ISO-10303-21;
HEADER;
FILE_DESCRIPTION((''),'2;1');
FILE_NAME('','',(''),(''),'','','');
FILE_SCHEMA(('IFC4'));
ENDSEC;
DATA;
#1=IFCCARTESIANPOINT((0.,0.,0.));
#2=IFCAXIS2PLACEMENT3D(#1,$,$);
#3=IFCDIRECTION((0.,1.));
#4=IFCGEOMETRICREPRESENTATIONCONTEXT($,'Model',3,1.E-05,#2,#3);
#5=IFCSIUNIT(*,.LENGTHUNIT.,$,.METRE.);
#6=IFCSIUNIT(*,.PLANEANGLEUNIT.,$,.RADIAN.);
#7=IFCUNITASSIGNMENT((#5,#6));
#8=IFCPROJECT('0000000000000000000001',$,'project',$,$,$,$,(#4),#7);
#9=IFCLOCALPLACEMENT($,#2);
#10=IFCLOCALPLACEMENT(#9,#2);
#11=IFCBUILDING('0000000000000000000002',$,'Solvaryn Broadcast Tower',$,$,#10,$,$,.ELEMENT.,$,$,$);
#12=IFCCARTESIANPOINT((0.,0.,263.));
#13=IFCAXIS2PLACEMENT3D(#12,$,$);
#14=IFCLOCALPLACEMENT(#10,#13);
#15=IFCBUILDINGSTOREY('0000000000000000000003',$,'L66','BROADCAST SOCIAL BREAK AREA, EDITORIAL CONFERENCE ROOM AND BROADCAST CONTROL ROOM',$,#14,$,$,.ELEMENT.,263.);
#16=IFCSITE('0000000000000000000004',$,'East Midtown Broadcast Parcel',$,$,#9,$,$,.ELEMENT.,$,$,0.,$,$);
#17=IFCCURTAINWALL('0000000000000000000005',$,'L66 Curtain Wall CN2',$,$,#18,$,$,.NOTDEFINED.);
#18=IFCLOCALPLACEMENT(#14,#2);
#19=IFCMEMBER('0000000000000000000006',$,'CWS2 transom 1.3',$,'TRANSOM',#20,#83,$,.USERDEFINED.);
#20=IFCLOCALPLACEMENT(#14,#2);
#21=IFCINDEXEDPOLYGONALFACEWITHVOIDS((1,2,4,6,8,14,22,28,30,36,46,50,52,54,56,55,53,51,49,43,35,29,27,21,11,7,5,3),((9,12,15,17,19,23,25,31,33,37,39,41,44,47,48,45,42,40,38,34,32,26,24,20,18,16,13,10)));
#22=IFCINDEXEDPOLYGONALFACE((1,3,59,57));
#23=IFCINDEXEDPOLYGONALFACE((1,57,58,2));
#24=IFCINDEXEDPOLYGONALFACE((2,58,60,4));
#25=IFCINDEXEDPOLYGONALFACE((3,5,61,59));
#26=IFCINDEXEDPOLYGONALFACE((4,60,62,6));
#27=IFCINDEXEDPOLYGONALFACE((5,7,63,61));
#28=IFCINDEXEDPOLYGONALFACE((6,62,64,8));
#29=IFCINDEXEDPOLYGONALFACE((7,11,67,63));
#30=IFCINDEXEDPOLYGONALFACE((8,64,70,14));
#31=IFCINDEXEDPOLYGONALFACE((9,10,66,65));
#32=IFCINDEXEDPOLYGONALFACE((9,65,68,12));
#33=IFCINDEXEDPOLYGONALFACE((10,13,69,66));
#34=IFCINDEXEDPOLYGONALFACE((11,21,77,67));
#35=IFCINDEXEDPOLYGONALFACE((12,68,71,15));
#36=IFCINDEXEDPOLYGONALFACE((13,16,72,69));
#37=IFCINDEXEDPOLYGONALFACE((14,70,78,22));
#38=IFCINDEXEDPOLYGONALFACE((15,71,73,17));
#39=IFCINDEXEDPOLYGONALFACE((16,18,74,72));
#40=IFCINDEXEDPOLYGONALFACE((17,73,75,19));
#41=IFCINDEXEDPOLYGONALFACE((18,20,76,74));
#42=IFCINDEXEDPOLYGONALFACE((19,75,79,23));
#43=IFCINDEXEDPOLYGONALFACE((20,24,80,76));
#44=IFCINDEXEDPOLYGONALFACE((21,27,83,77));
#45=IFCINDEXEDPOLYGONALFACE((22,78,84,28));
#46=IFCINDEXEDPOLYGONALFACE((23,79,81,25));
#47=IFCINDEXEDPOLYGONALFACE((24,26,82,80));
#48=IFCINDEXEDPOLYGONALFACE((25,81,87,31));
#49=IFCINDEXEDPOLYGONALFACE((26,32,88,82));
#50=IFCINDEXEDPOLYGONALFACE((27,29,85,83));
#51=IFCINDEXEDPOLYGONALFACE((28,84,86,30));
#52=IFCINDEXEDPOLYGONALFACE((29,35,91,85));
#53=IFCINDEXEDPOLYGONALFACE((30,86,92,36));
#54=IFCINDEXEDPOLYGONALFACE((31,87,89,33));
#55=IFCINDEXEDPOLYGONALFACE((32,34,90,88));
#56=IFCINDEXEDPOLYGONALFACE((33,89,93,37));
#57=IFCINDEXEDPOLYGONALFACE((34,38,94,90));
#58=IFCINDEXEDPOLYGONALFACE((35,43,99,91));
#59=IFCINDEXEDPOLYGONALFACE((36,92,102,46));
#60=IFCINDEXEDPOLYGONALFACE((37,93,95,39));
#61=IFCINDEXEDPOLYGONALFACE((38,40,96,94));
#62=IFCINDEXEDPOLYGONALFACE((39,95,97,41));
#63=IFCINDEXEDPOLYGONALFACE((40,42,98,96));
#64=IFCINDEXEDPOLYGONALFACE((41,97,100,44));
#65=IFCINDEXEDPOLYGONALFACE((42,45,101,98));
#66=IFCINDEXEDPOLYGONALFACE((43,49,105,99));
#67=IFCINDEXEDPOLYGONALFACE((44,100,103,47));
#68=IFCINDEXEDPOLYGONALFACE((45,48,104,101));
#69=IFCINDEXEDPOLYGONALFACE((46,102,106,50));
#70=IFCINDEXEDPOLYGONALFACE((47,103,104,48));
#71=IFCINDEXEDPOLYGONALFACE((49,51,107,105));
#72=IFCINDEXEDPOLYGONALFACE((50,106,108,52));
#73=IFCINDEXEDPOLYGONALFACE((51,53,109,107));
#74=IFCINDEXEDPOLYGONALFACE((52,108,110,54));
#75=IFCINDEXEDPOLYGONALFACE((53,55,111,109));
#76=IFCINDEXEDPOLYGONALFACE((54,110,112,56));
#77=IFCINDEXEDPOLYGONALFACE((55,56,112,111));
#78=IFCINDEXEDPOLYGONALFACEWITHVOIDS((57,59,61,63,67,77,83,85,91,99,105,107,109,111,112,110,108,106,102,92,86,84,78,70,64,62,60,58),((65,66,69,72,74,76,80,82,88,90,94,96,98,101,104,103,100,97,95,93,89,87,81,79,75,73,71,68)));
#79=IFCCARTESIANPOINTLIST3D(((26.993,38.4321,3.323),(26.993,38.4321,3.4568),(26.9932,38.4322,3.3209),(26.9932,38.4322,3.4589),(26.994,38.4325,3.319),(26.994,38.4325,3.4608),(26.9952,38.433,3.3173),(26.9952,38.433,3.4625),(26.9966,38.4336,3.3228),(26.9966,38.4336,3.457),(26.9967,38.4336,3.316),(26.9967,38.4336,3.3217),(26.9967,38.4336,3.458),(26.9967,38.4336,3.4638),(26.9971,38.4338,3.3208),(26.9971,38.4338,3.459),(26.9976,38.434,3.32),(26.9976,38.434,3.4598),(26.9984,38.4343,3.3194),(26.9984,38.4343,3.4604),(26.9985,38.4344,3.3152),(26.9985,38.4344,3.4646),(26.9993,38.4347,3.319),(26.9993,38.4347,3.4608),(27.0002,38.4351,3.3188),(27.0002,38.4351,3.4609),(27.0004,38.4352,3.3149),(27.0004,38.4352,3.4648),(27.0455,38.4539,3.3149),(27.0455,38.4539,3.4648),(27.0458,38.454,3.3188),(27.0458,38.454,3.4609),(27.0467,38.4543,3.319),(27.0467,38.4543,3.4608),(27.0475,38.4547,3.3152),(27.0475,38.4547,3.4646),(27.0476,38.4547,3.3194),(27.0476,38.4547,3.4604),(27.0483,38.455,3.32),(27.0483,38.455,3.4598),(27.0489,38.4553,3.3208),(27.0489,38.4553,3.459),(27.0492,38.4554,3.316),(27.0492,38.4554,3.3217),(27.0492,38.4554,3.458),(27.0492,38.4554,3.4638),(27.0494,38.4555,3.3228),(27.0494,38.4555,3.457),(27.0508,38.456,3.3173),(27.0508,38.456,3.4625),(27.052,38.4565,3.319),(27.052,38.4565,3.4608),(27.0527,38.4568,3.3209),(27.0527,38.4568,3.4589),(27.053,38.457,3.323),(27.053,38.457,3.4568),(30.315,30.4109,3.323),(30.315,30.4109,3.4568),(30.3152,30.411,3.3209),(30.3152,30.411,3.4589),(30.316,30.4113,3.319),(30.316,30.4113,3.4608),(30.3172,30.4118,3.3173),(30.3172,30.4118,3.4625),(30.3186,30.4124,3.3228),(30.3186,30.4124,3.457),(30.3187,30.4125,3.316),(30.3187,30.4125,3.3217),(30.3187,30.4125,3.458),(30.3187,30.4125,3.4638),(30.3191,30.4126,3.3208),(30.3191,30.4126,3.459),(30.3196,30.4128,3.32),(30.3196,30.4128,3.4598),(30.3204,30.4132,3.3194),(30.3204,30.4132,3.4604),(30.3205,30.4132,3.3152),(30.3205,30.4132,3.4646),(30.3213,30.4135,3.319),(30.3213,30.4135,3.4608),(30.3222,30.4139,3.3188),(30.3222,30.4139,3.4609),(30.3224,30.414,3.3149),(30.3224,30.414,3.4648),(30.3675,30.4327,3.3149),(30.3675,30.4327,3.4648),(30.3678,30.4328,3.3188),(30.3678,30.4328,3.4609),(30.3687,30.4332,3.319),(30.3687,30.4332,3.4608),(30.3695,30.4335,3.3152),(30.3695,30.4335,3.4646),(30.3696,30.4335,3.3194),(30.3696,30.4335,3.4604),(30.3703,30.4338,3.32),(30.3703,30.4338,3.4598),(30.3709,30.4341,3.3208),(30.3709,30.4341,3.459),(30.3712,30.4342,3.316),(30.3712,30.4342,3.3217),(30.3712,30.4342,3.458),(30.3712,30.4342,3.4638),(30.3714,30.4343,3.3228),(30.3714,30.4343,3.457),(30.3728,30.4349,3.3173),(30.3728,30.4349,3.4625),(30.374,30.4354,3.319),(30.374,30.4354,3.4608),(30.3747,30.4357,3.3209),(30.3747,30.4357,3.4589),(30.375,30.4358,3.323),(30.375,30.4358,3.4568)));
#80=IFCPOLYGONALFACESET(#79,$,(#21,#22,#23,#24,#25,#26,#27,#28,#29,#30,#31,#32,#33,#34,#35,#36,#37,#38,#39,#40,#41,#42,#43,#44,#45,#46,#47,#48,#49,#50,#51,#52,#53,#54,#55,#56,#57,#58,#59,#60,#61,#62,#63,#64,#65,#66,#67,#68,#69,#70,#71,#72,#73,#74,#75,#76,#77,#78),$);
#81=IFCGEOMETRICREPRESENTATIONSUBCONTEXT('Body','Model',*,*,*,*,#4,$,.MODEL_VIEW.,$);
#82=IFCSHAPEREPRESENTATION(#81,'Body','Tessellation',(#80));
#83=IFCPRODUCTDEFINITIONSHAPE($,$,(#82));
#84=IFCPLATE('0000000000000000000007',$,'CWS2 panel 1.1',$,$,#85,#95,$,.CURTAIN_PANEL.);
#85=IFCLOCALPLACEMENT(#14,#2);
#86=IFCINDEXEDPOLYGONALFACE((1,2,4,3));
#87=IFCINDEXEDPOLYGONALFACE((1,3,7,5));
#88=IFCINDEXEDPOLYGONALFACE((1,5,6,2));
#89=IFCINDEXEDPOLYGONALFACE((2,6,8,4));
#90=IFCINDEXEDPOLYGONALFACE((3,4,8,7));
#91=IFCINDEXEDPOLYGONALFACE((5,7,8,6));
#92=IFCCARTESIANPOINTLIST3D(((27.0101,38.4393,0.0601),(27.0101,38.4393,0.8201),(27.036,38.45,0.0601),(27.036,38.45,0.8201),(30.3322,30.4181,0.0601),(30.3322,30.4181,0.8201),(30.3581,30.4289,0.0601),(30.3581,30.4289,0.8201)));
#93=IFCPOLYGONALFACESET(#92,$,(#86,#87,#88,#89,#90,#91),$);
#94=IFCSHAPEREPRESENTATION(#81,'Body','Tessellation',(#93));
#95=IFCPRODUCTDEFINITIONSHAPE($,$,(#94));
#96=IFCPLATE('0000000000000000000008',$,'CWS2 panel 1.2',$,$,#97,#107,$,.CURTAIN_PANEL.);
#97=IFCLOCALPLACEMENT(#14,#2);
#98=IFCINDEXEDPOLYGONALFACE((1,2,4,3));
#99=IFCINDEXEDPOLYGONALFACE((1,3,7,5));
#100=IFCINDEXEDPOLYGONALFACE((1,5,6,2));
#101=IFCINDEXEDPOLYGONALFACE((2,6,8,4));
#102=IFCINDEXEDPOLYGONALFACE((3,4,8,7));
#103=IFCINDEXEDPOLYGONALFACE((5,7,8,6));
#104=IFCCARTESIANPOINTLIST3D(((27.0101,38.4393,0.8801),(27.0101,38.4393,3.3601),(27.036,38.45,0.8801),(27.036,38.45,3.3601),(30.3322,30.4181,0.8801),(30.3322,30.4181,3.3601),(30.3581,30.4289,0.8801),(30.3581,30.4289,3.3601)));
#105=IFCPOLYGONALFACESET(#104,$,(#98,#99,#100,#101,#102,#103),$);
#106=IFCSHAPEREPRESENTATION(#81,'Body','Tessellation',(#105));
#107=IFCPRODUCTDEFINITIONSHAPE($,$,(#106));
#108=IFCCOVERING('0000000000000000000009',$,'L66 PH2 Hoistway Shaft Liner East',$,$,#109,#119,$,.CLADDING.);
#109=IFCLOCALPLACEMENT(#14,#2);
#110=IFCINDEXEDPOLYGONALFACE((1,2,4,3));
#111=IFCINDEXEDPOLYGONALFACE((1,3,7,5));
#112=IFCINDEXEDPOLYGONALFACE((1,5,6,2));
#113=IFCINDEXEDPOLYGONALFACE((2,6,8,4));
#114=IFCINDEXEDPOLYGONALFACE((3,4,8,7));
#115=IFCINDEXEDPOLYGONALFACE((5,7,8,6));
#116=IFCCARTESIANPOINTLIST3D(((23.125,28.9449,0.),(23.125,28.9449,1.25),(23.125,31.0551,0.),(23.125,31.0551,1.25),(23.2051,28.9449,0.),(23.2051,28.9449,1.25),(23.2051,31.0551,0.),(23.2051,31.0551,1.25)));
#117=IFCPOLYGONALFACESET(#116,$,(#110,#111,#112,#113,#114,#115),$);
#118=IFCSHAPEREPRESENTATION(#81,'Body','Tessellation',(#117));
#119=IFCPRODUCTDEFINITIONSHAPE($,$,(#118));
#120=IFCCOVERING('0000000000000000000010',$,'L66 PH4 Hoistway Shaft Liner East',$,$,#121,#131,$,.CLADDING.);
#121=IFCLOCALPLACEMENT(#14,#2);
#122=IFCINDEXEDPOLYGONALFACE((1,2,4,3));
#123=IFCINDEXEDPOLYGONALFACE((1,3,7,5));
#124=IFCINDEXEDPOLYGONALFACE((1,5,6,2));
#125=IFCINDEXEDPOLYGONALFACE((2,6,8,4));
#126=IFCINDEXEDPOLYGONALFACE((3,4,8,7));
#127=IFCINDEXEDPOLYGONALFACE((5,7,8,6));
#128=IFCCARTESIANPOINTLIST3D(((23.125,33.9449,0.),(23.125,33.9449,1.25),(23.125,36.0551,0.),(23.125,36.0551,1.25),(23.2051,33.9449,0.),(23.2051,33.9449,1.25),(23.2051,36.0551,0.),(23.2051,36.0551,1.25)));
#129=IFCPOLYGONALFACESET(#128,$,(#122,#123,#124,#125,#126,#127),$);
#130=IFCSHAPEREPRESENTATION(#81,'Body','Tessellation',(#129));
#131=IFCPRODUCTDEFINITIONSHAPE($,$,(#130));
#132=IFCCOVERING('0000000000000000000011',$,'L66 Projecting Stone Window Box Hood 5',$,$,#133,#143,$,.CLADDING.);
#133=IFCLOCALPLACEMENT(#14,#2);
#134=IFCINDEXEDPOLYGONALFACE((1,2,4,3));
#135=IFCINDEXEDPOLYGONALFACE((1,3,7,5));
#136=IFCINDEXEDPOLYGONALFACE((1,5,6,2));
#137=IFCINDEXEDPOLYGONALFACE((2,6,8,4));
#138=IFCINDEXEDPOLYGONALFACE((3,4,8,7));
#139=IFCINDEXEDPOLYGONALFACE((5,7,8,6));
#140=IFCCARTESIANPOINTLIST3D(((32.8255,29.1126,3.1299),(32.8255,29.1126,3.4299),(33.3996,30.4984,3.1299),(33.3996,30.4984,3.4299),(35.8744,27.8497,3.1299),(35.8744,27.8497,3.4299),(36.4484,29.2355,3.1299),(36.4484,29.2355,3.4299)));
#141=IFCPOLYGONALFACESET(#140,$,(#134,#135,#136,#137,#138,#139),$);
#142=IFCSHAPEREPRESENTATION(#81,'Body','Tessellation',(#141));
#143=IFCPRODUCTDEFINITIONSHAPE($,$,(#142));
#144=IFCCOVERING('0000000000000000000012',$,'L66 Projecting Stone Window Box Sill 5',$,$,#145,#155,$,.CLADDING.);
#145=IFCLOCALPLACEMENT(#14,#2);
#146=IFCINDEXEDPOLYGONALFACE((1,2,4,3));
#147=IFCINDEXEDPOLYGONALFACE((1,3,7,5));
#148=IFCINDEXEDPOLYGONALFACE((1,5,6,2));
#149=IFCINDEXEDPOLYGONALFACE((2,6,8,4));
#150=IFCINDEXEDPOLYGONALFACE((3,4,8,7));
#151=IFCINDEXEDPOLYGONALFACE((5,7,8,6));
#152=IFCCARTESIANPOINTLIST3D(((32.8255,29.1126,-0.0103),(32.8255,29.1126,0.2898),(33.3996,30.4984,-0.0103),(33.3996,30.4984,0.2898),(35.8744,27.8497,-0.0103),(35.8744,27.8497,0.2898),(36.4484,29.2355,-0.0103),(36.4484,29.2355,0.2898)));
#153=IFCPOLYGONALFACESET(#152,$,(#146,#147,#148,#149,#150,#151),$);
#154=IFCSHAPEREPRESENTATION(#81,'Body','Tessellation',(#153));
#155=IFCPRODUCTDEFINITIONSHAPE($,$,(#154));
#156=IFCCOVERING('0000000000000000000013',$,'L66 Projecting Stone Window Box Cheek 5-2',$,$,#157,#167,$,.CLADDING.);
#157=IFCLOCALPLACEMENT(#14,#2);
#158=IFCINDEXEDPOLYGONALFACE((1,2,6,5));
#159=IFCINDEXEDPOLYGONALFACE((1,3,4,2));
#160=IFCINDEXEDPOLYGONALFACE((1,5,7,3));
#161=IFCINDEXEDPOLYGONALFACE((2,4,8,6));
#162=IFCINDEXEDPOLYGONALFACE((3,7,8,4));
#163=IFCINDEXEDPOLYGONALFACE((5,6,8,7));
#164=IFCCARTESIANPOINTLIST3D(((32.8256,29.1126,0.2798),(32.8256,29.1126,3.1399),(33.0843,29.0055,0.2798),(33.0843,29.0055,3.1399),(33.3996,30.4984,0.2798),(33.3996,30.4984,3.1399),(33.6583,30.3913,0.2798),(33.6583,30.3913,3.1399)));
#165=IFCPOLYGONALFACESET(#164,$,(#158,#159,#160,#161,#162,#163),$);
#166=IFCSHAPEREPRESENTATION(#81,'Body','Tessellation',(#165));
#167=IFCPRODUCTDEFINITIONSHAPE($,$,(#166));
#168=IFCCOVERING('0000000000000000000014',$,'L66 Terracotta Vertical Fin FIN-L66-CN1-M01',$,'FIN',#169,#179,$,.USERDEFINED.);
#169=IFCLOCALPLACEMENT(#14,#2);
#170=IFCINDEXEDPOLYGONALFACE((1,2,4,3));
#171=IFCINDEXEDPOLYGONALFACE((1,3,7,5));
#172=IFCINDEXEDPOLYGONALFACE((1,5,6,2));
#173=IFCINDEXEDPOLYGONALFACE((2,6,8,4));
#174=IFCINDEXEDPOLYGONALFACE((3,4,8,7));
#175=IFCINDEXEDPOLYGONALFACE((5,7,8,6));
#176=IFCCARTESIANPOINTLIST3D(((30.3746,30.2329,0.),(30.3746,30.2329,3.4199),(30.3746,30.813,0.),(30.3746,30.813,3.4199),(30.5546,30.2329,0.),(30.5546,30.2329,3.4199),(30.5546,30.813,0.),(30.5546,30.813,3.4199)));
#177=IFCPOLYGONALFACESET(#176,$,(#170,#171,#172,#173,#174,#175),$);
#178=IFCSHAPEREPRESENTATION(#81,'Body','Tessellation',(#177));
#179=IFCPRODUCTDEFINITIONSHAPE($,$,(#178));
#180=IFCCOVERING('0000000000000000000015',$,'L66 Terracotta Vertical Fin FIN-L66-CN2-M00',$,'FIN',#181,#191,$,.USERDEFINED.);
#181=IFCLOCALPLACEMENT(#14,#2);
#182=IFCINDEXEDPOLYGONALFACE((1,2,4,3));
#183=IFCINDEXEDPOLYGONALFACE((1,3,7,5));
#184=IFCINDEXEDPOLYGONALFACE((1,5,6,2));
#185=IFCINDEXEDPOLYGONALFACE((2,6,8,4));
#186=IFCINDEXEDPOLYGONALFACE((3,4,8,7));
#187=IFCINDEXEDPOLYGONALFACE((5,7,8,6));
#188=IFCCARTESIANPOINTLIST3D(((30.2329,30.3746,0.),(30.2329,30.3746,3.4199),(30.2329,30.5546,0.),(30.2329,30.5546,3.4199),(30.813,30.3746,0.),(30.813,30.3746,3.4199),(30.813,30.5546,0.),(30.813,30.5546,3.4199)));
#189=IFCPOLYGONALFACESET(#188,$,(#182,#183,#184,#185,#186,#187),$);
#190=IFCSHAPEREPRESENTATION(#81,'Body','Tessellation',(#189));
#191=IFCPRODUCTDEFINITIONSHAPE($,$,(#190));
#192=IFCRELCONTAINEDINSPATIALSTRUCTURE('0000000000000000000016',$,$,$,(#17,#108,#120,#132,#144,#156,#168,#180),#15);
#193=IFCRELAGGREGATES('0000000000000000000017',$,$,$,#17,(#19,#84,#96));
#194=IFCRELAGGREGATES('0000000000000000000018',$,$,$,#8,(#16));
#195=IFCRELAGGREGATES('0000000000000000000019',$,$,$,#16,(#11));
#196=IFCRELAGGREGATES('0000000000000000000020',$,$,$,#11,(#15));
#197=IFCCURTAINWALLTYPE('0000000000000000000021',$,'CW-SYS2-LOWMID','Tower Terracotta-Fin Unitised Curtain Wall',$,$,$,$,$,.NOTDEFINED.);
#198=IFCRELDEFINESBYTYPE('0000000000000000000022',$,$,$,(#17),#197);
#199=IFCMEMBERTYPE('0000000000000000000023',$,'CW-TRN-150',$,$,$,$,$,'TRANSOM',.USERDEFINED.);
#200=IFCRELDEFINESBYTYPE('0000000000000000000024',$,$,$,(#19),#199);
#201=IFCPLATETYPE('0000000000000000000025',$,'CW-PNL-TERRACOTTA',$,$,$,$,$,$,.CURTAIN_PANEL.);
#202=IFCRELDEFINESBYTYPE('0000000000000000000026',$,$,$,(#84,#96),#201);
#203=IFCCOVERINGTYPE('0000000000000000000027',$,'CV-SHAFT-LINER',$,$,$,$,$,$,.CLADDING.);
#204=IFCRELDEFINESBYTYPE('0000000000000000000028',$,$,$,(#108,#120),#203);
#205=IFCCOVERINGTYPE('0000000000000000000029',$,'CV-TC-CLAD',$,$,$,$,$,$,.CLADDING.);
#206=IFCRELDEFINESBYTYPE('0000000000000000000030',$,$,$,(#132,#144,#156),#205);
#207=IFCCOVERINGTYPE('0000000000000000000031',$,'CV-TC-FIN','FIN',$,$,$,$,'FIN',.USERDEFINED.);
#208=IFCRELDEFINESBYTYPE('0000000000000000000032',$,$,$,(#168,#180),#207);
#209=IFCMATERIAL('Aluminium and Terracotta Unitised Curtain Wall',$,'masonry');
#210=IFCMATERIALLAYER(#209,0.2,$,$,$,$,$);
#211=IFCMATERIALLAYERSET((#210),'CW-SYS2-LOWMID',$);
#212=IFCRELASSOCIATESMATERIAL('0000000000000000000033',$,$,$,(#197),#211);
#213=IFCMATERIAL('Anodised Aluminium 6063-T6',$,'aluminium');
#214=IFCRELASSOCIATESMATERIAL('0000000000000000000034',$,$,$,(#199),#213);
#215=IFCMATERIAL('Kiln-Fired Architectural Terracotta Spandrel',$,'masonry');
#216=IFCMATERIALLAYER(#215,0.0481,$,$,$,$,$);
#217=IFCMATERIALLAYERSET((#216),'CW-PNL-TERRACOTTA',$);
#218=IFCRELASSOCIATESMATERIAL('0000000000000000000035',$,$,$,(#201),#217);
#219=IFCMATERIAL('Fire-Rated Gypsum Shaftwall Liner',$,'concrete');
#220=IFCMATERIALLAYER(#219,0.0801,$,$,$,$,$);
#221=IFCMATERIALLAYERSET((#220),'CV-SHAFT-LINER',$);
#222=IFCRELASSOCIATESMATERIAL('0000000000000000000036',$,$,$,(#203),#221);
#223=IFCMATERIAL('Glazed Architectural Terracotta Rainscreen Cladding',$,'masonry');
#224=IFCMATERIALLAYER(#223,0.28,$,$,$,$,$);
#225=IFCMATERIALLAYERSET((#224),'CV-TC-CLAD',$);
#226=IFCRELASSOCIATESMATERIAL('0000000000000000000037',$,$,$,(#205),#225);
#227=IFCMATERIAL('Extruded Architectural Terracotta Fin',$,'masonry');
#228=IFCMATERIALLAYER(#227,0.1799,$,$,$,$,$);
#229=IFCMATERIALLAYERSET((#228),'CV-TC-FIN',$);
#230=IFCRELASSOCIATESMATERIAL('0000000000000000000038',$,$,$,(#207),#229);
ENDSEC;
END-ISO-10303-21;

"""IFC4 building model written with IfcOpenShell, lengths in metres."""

from ifc_helpers import new_model, si_unit, direction, frame, origin, origin_2d, place, context, subcontext, project, spatial, rectangle, hollow_rectangle, extrude, material, layer, layer_set, material_profile, profile_set, type_object, element, aggregate, save


model = new_model("IFC4")

# Units and contexts
model_context = context("Model", 3, precision=1e-05, world=origin(), true_north=direction((0.0, 1.0)))
body_context = subcontext(model_context, "Body", "Model", "MODEL_VIEW")
ifc_project = project(units=[si_unit("LENGTHUNIT", "METRE"), si_unit("PLANEANGLEUNIT", "RADIAN")], contexts=[model_context])

# Site, building, storey
site_placement = place(None, origin())
site = spatial("IfcSite", under=ifc_project, at=site_placement, Name="East Midtown Broadcast Parcel", CompositionType="ELEMENT", RefElevation=0.0)
building_placement = place(site_placement, origin())
building = spatial("IfcBuilding", under=site, at=building_placement, Name="Solvaryn Broadcast Tower", CompositionType="ELEMENT")
storey_placement = place(building_placement, frame((0.0, 0.0, 263.0)))
storey = spatial("IfcBuildingStorey", under=building, at=storey_placement, Name="L66", Description="BROADCAST SOCIAL BREAK AREA, EDITORIAL CONFERENCE ROOM AND BROADCAST CONTROL ROOM", CompositionType="ELEMENT", Elevation=263.0)

# Shared definitions
ifc_material_1 = material(Name="Aluminium and Terracotta Unitised Curtain Wall", Category="masonry")
ifc_layer_1 = layer(ifc_material_1, 0.2)
ifc_layer_set_1 = layer_set([ifc_layer_1], Name="CW-SYS2-LOWMID")
curtain_wall_type = type_object("IfcCurtainWallType", Name="CW-SYS2-LOWMID", Description="Tower Terracotta-Fin Unitised Curtain Wall", PredefinedType="NOTDEFINED", material=ifc_layer_set_1)

# Curtain wall, member, plates
curtain_wall_1_placement = place(storey_placement, origin())
curtain_wall_1 = element("IfcCurtainWall", 1, at=curtain_wall_1_placement, inside=storey, type_object=curtain_wall_type, Name="L66 Curtain Wall CN2", PredefinedType="NOTDEFINED")
ifc_material_2 = material(Name="Anodised Aluminium 6063-T6", Category="aluminium")
ifc_material_profile_1 = material_profile(ifc_material_2, hollow_rectangle(XDim=0.0649, YDim=0.1499, WallThickness=0.0039, InnerFilletRadius=0.0039, OuterFilletRadius=0.0081, at=origin_2d()))
ifc_profile_set_1 = profile_set([ifc_material_profile_1], Name="Anodised Aluminium 6063-T6")
member_type_1 = type_object("IfcMemberType", Name="CW-TRN-150", ElementType="TRANSOM", PredefinedType="USERDEFINED", material=ifc_profile_set_1)
member_1_placement = place(storey_placement, frame((30.345, 30.4233, 3.3899), z_axis=(-0.382636, 0.923899, 0.0), x_axis=(-0.923899, -0.382636, 0.0)))
member_1 = element("IfcMember", 2, at=member_1_placement, type_object=member_type_1, Name="CWS2 transom 1.3", ObjectType="TRANSOM", PredefinedType="USERDEFINED", context=body_context, shape_type="SweptSolid", body=[
    extrude(hollow_rectangle(XDim=0.0649, YDim=0.1499, WallThickness=0.0039, InnerFilletRadius=0.0039, OuterFilletRadius=0.0081, at=origin_2d()), origin(), (0.0, 0.0, 1.0), 8.6819),
])
ifc_material_3 = material(Name="Kiln-Fired Architectural Terracotta Spandrel", Category="masonry")
ifc_layer_2 = layer(ifc_material_3, 0.0481)
ifc_layer_set_2 = layer_set([ifc_layer_2], Name="CW-PNL-TERRACOTTA")
plate_type = type_object("IfcPlateType", Name="CW-PNL-TERRACOTTA", PredefinedType="CURTAIN_PANEL", material=ifc_layer_set_2)
plate_1_placement = place(storey_placement, frame((28.6841, 34.4341, 0.0601), z_axis=(0.0, 0.0, 1.0), x_axis=(-0.382646, 0.923895, 0.0)))
plate_1 = element("IfcPlate", 3, at=plate_1_placement, type_object=plate_type, Name="CWS2 panel 1.1", PredefinedType="CURTAIN_PANEL", context=body_context, shape_type="SweptSolid", body=[
    extrude(rectangle(XDim=8.6819, YDim=0.0281, at=origin_2d()), origin(), (0.0, 0.0, 1.0), 0.76),
])
plate_2_placement = place(storey_placement, frame((28.6841, 34.4341, 0.8801), z_axis=(0.0, 0.0, 1.0), x_axis=(-0.382646, 0.923895, 0.0)))
plate_2 = element("IfcPlate", 4, at=plate_2_placement, type_object=plate_type, Name="CWS2 panel 1.2", PredefinedType="CURTAIN_PANEL", context=body_context, shape_type="SweptSolid", body=[
    extrude(rectangle(XDim=8.6819, YDim=0.0281, at=origin_2d()), origin(), (0.0, 0.0, 1.0), 2.48),
])
aggregate(curtain_wall_1, [member_1, plate_1, plate_2])

# Coverings
ifc_material_4 = material(Name="Fire-Rated Gypsum Shaftwall Liner", Category="concrete")
ifc_layer_3 = layer(ifc_material_4, 0.0801)
ifc_layer_set_3 = layer_set([ifc_layer_3], Name="CV-SHAFT-LINER")
covering_type_1 = type_object("IfcCoveringType", Name="CV-SHAFT-LINER", PredefinedType="CLADDING", material=ifc_layer_set_3)
for number, where, z_axis, x_axis, name in (
    (5, (23.165, 30.0, 0.0), (0.0, 0.0, 1.0), (1.0, 0.0, 0.0), "L66 PH2 Hoistway Shaft Liner East"),
    (6, (23.165, 35.0, 0.0), (0.0, 0.0, 1.0), (1.0, 0.0, 0.0), "L66 PH4 Hoistway Shaft Liner East"),
):
    element("IfcCovering", number, at=place(storey_placement, frame(where, z_axis=z_axis, x_axis=x_axis)), inside=storey, type_object=covering_type_1, Name=name, PredefinedType="CLADDING", context=body_context, shape_type="SweptSolid", body=[
        extrude(rectangle(XDim=0.0801, YDim=2.1101, at=origin_2d()), origin(), (0.0, 0.0, 1.0), 1.25),
    ])
ifc_material_5 = material(Name="Glazed Architectural Terracotta Rainscreen Cladding", Category="masonry")
ifc_layer_4 = layer(ifc_material_5, 0.28)
ifc_layer_set_4 = layer_set([ifc_layer_4], Name="CV-TC-CLAD")
covering_type_2 = type_object("IfcCoveringType", Name="CV-TC-CLAD", PredefinedType="CLADDING", material=ifc_layer_set_4)
for number, where, z_axis, x_axis, name in (
    (7, (34.637, 29.1741, 3.1299), (0.0, 0.0, 1.0), (-0.92388, 0.382683, 0.0), "L66 Projecting Stone Window Box Hood 5"),
    (8, (34.637, 29.1741, -0.0103), (0.0, 0.0, 1.0), (-0.92388, 0.382683, 0.0), "L66 Projecting Stone Window Box Sill 5"),
):
    element("IfcCovering", number, at=place(storey_placement, frame(where, z_axis=z_axis, x_axis=x_axis)), inside=storey, type_object=covering_type_2, Name=name, PredefinedType="CLADDING", context=body_context, shape_type="SweptSolid", body=[
        extrude(rectangle(XDim=3.3, YDim=1.5, at=origin_2d()), origin(), (0.0, 0.0, 1.0), 0.3),
    ])
covering_1_placement = place(storey_placement, frame((33.2419, 29.752, 0.2798), z_axis=(0.0, 0.0, 1.0), x_axis=(-0.92388, 0.382683, 0.0)))
element("IfcCovering", 9, at=covering_1_placement, inside=storey, type_object=covering_type_2, Name="L66 Projecting Stone Window Box Cheek 5-2", PredefinedType="CLADDING", context=body_context, shape_type="SweptSolid", body=[
    extrude(rectangle(XDim=0.28, YDim=1.5, at=origin_2d()), origin(), (0.0, 0.0, 1.0), 2.8601),
])
ifc_material_6 = material(Name="Extruded Architectural Terracotta Fin", Category="masonry")
ifc_layer_5 = layer(ifc_material_6, 0.1799)
ifc_layer_set_5 = layer_set([ifc_layer_5], Name="CV-TC-FIN")
covering_type_3 = type_object("IfcCoveringType", Name="CV-TC-FIN", Description="FIN", ElementType="FIN", PredefinedType="USERDEFINED", material=ifc_layer_set_5)
covering_2_placement = place(storey_placement, frame((30.4646, 30.5229, 0.0), z_axis=(0.0, 0.0, 1.0), x_axis=(1.0, 0.0, 0.0)))
element("IfcCovering", 10, at=covering_2_placement, inside=storey, type_object=covering_type_3, Name="L66 Terracotta Vertical Fin FIN-L66-CN1-M01", ObjectType="FIN", PredefinedType="USERDEFINED", context=body_context, shape_type="SweptSolid", body=[
    extrude(rectangle(XDim=0.1799, YDim=0.5801, at=origin_2d()), origin(), (0.0, 0.0, 1.0), 3.4199),
])
covering_3_placement = place(storey_placement, frame((30.5229, 30.4646, 0.0), z_axis=(0.0, 0.0, 1.0), x_axis=(1.0, 0.0, 0.0)))
element("IfcCovering", 11, at=covering_3_placement, inside=storey, type_object=covering_type_3, Name="L66 Terracotta Vertical Fin FIN-L66-CN2-M00", ObjectType="FIN", PredefinedType="USERDEFINED", context=body_context, shape_type="SweptSolid", body=[
    extrude(rectangle(XDim=0.5801, YDim=0.1799, at=origin_2d()), origin(), (0.0, 0.0, 1.0), 3.4199),
])

save(model, "model.ifc")
